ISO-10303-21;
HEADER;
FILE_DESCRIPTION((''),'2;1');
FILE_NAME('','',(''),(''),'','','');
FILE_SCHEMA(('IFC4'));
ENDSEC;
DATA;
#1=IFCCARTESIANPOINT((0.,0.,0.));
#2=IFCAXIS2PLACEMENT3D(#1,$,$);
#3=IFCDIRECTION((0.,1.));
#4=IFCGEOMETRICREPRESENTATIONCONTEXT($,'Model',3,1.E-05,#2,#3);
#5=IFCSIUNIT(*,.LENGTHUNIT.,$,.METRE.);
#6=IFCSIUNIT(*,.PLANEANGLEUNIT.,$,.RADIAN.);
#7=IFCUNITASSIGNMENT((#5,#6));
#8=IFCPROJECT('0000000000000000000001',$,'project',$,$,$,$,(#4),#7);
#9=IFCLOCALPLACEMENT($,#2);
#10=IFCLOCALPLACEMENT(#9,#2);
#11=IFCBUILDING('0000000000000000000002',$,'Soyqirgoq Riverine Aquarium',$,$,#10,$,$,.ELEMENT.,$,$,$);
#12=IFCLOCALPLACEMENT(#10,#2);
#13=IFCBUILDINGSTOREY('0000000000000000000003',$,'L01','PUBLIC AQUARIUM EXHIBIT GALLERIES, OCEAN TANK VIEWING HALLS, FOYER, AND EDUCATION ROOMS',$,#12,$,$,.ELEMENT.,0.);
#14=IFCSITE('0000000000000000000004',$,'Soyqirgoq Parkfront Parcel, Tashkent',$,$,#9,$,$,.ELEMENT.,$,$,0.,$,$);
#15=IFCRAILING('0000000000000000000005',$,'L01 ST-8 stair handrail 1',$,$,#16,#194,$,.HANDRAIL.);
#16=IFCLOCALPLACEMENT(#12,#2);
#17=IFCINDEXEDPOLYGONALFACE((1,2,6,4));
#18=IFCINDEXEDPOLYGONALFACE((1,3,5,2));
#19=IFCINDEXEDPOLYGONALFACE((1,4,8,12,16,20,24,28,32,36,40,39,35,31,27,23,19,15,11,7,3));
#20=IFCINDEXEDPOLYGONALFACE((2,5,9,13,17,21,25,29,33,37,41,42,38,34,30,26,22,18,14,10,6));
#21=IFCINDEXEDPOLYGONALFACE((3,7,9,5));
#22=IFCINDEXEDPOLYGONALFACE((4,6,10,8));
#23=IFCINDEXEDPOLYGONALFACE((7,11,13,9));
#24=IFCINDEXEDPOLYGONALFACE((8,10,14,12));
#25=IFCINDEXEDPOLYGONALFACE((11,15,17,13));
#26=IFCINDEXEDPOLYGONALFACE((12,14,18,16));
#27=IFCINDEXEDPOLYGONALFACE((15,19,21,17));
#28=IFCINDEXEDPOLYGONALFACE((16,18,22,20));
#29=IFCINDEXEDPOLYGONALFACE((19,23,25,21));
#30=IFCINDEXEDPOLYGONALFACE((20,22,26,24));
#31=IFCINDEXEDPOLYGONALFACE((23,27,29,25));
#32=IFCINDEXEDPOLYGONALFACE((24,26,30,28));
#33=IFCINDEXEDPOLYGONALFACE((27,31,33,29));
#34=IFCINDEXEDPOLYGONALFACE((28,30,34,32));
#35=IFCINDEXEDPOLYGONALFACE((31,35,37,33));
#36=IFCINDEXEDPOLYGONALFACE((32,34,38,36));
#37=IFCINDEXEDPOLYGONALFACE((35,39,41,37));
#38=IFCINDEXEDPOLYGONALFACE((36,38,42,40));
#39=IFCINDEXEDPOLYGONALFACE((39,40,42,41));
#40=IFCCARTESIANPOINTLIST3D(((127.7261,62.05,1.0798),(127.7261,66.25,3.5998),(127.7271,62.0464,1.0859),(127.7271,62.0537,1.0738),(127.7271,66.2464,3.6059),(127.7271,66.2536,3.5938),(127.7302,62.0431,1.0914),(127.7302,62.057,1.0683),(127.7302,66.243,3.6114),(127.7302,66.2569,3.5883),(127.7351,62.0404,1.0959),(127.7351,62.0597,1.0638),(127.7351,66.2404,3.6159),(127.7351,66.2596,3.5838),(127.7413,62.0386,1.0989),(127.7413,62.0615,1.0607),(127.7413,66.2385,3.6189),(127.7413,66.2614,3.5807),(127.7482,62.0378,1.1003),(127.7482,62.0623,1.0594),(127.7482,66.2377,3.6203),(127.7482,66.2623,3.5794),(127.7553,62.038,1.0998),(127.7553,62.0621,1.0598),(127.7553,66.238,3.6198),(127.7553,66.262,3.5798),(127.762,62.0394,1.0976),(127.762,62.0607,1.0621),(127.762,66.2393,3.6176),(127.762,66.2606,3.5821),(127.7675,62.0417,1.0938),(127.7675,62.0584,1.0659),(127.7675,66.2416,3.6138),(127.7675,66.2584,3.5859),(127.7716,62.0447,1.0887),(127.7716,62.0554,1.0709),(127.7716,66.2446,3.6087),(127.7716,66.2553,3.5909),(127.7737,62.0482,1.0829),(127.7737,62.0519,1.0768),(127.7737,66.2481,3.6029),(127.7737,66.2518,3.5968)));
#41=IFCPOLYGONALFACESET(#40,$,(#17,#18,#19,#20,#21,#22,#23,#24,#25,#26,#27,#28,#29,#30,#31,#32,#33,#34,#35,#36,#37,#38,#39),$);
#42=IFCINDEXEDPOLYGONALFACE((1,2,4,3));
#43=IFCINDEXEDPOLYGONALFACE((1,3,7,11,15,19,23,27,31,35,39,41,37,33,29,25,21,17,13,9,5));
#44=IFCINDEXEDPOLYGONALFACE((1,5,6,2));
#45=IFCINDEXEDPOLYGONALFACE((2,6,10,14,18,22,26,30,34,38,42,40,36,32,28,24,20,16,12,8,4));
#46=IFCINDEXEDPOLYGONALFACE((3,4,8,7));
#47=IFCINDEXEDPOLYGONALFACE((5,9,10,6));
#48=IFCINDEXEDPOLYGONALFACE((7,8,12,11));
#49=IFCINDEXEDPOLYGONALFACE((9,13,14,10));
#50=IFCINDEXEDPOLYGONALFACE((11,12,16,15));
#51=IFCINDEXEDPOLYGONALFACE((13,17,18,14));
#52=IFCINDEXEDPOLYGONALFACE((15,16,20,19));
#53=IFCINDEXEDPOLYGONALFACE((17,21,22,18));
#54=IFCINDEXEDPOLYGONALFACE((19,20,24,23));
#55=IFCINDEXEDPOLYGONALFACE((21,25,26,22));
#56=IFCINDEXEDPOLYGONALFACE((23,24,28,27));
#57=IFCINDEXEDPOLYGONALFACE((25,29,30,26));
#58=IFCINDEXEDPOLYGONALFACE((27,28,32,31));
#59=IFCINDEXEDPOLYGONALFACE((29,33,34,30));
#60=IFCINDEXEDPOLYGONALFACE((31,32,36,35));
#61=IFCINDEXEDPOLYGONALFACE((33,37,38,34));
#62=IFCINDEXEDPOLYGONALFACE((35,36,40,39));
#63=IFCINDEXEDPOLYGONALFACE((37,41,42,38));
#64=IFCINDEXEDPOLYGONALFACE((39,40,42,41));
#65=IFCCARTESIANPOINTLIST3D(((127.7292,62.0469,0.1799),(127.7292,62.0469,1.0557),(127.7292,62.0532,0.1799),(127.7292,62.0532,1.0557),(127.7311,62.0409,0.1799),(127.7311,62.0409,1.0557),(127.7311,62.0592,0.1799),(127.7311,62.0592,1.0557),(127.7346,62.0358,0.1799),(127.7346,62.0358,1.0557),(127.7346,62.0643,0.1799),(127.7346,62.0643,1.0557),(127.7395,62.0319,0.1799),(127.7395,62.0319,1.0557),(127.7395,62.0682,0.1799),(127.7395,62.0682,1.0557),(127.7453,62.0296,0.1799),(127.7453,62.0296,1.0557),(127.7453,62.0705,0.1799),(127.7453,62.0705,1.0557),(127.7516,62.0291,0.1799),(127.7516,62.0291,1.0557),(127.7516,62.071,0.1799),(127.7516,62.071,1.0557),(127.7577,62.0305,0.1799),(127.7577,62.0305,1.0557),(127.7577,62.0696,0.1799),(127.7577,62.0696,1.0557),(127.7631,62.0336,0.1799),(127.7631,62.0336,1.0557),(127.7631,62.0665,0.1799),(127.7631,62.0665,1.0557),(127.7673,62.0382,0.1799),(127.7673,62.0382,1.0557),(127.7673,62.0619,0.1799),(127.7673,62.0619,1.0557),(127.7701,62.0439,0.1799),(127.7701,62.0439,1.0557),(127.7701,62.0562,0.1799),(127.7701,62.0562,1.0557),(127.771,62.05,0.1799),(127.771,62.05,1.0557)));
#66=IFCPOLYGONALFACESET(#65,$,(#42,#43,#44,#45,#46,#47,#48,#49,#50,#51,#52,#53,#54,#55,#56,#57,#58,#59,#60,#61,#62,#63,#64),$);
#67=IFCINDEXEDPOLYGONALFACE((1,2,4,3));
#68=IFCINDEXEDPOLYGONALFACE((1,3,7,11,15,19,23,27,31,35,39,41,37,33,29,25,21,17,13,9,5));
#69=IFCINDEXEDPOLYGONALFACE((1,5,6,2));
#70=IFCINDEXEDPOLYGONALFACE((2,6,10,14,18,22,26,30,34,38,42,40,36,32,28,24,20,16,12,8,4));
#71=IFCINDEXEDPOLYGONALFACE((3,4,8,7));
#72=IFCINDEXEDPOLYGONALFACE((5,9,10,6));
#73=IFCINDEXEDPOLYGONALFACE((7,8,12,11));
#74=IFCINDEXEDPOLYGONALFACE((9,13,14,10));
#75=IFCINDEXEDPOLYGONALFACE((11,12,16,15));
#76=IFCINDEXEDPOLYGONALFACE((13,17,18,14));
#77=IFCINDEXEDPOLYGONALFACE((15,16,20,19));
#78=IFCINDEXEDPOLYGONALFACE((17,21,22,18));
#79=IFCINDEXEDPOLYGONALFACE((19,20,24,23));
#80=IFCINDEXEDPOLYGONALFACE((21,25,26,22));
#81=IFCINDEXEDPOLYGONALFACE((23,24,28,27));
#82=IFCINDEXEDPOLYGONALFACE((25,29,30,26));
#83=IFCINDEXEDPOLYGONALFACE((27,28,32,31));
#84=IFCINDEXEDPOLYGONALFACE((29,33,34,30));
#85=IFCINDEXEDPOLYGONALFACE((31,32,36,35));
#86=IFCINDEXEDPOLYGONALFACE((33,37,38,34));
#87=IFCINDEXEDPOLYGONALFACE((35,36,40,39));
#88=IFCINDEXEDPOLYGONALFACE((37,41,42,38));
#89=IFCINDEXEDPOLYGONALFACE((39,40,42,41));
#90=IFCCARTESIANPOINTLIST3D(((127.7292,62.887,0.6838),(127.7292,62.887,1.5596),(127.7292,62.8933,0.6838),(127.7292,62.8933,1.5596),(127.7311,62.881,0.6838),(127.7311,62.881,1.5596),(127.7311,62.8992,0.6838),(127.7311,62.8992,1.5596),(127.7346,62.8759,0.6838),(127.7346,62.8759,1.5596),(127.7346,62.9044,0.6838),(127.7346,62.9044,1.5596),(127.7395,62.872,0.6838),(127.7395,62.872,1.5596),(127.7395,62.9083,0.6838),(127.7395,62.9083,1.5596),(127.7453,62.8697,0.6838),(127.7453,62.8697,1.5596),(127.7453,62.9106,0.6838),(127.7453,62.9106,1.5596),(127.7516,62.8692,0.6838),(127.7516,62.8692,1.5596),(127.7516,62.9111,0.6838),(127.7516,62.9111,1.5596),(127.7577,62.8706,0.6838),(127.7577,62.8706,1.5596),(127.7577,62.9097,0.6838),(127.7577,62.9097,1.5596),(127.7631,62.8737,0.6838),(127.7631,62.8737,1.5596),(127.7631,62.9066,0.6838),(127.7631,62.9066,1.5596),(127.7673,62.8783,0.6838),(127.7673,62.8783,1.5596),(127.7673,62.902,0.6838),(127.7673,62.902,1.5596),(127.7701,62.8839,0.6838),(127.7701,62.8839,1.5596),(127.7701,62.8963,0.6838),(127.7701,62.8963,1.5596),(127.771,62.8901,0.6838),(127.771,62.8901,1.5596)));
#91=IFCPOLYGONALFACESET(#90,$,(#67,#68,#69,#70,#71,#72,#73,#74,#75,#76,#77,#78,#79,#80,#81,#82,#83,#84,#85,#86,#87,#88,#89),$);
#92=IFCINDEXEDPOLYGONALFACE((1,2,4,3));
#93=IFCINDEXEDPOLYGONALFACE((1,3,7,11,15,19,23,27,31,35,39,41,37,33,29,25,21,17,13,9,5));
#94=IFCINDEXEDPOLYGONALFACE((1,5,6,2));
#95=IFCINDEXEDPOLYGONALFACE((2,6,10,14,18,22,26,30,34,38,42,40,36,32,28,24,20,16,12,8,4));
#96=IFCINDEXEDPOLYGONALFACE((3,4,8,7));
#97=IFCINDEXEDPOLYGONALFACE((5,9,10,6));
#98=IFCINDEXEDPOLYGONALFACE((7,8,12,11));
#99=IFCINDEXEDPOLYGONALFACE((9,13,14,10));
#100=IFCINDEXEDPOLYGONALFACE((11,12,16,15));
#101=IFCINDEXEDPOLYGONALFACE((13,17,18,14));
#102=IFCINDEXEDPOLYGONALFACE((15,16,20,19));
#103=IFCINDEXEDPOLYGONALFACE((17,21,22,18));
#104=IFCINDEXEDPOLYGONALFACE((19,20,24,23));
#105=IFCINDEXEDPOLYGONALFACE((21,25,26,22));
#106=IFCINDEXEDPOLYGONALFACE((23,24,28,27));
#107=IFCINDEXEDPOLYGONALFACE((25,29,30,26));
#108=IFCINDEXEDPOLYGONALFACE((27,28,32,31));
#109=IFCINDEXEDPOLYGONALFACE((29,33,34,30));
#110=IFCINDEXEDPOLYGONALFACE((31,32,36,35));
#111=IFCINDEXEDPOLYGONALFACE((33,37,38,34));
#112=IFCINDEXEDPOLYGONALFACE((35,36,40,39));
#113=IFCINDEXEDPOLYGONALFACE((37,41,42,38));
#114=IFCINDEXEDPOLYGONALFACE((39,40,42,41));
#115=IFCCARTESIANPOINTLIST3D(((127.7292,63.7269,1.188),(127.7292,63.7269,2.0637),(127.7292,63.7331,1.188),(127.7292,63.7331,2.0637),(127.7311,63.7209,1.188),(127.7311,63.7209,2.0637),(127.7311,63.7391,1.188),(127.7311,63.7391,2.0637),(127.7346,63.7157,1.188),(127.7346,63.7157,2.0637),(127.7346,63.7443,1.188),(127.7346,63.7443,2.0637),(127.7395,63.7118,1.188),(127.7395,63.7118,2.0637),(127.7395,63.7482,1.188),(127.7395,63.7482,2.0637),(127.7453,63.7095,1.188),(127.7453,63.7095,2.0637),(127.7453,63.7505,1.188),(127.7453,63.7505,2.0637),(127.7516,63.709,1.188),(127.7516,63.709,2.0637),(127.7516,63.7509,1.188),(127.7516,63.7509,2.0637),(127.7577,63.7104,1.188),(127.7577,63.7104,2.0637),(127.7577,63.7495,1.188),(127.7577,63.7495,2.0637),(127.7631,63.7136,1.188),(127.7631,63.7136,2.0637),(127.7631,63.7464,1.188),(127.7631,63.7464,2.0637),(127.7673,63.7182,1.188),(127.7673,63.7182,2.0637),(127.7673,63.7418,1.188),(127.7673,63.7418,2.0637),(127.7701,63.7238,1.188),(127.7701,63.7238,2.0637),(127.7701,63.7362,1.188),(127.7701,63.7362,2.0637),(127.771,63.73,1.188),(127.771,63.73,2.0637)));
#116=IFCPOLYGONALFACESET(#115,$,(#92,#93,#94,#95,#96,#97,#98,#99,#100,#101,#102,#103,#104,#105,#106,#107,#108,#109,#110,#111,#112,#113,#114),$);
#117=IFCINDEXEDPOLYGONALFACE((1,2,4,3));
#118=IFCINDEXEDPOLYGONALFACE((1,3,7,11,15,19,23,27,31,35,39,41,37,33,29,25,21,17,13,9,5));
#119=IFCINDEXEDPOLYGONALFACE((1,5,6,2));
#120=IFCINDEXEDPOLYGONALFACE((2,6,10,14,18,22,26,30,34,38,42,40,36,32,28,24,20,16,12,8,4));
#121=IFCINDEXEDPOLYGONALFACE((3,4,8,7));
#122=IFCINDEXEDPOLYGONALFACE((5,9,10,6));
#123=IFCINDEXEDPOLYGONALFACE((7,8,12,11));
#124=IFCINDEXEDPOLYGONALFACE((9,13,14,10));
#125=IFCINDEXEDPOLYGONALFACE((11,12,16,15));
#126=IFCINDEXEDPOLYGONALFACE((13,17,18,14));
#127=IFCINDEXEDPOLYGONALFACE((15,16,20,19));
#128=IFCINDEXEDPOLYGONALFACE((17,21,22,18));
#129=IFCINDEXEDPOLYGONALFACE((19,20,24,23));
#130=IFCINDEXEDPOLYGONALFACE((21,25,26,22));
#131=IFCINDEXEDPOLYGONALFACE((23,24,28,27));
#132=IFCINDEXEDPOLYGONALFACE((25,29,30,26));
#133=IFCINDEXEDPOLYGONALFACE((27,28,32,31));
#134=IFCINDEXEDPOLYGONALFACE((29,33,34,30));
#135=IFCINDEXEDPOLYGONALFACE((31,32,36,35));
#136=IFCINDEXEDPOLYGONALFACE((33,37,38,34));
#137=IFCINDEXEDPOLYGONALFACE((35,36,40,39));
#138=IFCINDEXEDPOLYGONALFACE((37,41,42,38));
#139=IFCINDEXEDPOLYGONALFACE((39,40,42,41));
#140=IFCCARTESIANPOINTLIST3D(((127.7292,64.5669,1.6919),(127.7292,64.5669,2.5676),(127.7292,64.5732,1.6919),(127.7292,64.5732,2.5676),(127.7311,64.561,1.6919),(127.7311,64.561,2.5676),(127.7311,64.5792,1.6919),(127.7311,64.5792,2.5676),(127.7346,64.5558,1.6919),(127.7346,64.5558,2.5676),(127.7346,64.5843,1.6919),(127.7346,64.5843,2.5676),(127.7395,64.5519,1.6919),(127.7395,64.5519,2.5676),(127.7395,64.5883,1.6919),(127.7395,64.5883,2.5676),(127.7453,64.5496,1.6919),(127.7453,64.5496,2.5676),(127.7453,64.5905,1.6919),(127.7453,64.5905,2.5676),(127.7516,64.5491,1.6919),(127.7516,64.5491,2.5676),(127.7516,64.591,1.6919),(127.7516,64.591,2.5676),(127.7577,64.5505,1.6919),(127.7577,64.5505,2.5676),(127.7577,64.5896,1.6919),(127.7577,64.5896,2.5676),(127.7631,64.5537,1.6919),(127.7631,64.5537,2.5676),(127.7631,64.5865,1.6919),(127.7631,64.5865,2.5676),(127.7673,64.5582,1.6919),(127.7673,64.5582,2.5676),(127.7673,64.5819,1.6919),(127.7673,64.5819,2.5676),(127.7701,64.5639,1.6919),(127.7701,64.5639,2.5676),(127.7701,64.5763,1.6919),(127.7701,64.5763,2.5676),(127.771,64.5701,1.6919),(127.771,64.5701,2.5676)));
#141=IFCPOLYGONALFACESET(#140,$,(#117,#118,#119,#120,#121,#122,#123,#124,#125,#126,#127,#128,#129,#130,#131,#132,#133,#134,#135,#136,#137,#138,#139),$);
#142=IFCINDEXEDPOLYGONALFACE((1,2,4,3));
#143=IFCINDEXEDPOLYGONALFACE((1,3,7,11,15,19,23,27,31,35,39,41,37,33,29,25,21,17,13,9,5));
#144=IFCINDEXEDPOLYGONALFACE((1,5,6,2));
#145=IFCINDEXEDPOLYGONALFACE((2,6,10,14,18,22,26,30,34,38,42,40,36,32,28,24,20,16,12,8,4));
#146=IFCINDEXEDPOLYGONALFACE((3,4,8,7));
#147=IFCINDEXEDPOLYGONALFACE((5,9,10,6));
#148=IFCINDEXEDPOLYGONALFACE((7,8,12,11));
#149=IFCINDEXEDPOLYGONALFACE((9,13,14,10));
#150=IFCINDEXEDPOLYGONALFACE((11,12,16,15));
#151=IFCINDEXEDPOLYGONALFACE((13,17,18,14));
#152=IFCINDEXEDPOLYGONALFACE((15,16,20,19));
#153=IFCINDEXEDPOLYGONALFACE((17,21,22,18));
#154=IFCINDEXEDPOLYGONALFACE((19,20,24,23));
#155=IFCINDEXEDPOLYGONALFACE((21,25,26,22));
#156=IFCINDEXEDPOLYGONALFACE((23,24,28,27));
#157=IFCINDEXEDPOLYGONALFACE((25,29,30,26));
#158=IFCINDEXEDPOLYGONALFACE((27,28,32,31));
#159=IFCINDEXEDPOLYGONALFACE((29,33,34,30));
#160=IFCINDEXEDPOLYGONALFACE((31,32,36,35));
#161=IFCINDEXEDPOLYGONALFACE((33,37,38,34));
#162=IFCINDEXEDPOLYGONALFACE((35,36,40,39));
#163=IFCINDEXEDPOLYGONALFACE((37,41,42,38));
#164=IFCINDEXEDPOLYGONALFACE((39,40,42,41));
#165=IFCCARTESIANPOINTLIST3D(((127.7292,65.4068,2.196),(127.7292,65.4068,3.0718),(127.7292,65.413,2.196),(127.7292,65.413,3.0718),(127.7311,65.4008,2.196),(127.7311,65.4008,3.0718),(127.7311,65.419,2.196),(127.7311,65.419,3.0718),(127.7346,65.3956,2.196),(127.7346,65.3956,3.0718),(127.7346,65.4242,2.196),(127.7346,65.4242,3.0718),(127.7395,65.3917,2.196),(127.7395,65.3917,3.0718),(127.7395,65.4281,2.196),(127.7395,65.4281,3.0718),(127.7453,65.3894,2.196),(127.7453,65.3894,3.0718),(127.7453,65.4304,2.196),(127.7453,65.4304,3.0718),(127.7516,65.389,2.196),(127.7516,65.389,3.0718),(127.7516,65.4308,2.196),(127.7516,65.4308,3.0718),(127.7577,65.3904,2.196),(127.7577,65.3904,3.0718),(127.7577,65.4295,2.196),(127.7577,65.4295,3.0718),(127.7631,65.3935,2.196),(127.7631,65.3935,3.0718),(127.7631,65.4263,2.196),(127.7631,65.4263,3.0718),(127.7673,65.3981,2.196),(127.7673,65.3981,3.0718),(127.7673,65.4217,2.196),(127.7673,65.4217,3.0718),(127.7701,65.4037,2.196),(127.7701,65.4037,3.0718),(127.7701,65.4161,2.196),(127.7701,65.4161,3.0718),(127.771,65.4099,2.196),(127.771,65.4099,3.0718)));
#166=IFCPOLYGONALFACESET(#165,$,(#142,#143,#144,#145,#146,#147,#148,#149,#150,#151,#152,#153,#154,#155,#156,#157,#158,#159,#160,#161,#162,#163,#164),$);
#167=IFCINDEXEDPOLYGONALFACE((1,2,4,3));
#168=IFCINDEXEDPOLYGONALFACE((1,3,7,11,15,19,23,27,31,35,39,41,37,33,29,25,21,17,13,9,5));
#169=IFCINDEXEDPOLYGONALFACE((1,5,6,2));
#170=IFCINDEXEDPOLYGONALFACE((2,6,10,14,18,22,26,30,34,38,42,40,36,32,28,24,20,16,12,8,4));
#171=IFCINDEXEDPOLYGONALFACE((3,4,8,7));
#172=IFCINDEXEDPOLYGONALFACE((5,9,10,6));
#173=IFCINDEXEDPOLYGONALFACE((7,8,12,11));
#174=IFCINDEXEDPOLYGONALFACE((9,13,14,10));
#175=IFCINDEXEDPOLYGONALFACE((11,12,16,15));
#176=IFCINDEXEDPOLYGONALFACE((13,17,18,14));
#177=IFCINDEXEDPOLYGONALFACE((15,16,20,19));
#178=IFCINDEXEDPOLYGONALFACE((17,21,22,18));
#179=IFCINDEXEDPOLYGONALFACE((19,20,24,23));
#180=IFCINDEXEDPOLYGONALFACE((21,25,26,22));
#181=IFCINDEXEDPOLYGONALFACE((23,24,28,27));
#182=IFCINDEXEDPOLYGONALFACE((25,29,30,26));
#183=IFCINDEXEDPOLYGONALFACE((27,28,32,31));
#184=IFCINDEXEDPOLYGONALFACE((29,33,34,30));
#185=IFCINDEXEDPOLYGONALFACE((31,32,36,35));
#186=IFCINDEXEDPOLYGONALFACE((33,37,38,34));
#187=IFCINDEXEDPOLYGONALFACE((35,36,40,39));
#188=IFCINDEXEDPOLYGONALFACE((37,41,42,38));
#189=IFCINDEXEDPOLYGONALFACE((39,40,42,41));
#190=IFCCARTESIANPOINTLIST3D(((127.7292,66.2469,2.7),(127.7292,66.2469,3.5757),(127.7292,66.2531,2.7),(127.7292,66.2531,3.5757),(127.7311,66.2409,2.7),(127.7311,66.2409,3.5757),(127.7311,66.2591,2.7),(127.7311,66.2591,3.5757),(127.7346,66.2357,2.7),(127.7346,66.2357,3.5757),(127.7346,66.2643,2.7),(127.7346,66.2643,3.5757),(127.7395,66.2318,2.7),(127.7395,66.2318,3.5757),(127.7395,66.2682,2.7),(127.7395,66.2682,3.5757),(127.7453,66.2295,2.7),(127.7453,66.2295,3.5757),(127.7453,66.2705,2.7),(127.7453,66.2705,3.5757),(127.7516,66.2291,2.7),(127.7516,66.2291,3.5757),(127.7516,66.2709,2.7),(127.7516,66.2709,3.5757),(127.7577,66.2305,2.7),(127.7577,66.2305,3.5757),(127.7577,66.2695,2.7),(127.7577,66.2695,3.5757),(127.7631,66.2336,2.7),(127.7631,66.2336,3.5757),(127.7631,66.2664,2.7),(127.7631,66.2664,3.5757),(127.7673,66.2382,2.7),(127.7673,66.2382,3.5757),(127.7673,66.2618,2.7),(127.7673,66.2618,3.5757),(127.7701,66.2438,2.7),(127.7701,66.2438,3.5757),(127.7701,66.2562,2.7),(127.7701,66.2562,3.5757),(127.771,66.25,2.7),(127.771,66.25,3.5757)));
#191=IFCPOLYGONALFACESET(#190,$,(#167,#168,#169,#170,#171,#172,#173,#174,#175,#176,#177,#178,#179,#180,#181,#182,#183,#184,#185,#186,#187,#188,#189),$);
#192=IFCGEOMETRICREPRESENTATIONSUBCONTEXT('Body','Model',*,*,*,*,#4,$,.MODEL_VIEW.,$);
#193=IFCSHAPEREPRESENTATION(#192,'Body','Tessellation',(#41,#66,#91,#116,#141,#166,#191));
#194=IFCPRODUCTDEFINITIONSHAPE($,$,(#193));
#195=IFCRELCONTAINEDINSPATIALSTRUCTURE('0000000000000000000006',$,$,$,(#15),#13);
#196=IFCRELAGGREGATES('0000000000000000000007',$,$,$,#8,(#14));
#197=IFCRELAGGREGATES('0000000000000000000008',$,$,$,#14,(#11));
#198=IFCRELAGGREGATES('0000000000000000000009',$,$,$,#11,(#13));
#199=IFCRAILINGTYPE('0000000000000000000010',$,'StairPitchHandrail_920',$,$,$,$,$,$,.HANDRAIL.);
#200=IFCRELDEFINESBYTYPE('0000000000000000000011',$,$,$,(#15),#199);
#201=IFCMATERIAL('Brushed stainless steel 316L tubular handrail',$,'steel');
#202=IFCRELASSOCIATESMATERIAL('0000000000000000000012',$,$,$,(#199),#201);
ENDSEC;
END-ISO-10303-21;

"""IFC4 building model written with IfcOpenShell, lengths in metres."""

from ifc_helpers import new_model, si_unit, direction, frame, origin, origin_2d, place, context, subcontext, project, spatial, circle, extrude, material, type_object, element, save


model = new_model("IFC4")

# Units and contexts
model_context = context("Model", 3, precision=1e-05, world=origin(), true_north=direction((0.0, 1.0)))
body_context = subcontext(model_context, "Body", "Model", "MODEL_VIEW")
ifc_project = project(units=[si_unit("LENGTHUNIT", "METRE"), si_unit("PLANEANGLEUNIT", "RADIAN")], contexts=[model_context])

# Site, building, storey
site_placement = place(None, origin())
site = spatial("IfcSite", under=ifc_project, at=site_placement, Name="Soyqirgoq Parkfront Parcel, Tashkent", CompositionType="ELEMENT", RefElevation=0.0)
building_placement = place(site_placement, origin())
building = spatial("IfcBuilding", under=site, at=building_placement, Name="Soyqirgoq Riverine Aquarium", CompositionType="ELEMENT")
storey_placement = place(building_placement, origin())
storey = spatial("IfcBuildingStorey", under=building, at=storey_placement, Name="L01", Description="PUBLIC AQUARIUM EXHIBIT GALLERIES, OCEAN TANK VIEWING HALLS, FOYER, AND EDUCATION ROOMS", CompositionType="ELEMENT", Elevation=0.0)

# Railing
ifc_material_1 = material(Name="Brushed stainless steel 316L tubular handrail", Category="steel")
railing_type_1 = type_object("IfcRailingType", Name="StairPitchHandrail_920", PredefinedType="HANDRAIL", material=ifc_material_1)
railing_1_placement = place(storey_placement, frame((127.75, 62.05, 0.1799)))
element("IfcRailing", 1, at=railing_1_placement, inside=storey, type_object=railing_type_1, Name="L01 ST-8 stair handrail 1", PredefinedType="HANDRAIL", context=body_context, shape_type="SweptSolid", body=[
    extrude(circle(Radius=0.0239, at=origin_2d()), frame((0.0, 0.0, 0.8999), z_axis=(0.0, 0.857489, 0.514503), x_axis=(-1.0, 0.0, 0.0)), (0.0, 0.0, 1.0), 4.8979),
    extrude(circle(Radius=0.021, at=origin_2d()), origin(), (0.0, 0.0, 1.0), 0.8757),
    extrude(circle(Radius=0.021, at=origin_2d()), frame((0.0, 0.8401, 0.5039)), (0.0, 0.0, 1.0), 0.8757),
    extrude(circle(Radius=0.021, at=origin_2d()), frame((0.0, 1.6799, 1.0081)), (0.0, 0.0, 1.0), 0.8757),
    extrude(circle(Radius=0.021, at=origin_2d()), frame((0.0, 2.52, 1.512)), (0.0, 0.0, 1.0), 0.8757),
    extrude(circle(Radius=0.021, at=origin_2d()), frame((0.0, 3.3599, 2.0161)), (0.0, 0.0, 1.0), 0.8757),
    extrude(circle(Radius=0.021, at=origin_2d()), frame((0.0, 4.2, 2.52)), (0.0, 0.0, 1.0), 0.8757),
])

save(model, "model.ifc")
